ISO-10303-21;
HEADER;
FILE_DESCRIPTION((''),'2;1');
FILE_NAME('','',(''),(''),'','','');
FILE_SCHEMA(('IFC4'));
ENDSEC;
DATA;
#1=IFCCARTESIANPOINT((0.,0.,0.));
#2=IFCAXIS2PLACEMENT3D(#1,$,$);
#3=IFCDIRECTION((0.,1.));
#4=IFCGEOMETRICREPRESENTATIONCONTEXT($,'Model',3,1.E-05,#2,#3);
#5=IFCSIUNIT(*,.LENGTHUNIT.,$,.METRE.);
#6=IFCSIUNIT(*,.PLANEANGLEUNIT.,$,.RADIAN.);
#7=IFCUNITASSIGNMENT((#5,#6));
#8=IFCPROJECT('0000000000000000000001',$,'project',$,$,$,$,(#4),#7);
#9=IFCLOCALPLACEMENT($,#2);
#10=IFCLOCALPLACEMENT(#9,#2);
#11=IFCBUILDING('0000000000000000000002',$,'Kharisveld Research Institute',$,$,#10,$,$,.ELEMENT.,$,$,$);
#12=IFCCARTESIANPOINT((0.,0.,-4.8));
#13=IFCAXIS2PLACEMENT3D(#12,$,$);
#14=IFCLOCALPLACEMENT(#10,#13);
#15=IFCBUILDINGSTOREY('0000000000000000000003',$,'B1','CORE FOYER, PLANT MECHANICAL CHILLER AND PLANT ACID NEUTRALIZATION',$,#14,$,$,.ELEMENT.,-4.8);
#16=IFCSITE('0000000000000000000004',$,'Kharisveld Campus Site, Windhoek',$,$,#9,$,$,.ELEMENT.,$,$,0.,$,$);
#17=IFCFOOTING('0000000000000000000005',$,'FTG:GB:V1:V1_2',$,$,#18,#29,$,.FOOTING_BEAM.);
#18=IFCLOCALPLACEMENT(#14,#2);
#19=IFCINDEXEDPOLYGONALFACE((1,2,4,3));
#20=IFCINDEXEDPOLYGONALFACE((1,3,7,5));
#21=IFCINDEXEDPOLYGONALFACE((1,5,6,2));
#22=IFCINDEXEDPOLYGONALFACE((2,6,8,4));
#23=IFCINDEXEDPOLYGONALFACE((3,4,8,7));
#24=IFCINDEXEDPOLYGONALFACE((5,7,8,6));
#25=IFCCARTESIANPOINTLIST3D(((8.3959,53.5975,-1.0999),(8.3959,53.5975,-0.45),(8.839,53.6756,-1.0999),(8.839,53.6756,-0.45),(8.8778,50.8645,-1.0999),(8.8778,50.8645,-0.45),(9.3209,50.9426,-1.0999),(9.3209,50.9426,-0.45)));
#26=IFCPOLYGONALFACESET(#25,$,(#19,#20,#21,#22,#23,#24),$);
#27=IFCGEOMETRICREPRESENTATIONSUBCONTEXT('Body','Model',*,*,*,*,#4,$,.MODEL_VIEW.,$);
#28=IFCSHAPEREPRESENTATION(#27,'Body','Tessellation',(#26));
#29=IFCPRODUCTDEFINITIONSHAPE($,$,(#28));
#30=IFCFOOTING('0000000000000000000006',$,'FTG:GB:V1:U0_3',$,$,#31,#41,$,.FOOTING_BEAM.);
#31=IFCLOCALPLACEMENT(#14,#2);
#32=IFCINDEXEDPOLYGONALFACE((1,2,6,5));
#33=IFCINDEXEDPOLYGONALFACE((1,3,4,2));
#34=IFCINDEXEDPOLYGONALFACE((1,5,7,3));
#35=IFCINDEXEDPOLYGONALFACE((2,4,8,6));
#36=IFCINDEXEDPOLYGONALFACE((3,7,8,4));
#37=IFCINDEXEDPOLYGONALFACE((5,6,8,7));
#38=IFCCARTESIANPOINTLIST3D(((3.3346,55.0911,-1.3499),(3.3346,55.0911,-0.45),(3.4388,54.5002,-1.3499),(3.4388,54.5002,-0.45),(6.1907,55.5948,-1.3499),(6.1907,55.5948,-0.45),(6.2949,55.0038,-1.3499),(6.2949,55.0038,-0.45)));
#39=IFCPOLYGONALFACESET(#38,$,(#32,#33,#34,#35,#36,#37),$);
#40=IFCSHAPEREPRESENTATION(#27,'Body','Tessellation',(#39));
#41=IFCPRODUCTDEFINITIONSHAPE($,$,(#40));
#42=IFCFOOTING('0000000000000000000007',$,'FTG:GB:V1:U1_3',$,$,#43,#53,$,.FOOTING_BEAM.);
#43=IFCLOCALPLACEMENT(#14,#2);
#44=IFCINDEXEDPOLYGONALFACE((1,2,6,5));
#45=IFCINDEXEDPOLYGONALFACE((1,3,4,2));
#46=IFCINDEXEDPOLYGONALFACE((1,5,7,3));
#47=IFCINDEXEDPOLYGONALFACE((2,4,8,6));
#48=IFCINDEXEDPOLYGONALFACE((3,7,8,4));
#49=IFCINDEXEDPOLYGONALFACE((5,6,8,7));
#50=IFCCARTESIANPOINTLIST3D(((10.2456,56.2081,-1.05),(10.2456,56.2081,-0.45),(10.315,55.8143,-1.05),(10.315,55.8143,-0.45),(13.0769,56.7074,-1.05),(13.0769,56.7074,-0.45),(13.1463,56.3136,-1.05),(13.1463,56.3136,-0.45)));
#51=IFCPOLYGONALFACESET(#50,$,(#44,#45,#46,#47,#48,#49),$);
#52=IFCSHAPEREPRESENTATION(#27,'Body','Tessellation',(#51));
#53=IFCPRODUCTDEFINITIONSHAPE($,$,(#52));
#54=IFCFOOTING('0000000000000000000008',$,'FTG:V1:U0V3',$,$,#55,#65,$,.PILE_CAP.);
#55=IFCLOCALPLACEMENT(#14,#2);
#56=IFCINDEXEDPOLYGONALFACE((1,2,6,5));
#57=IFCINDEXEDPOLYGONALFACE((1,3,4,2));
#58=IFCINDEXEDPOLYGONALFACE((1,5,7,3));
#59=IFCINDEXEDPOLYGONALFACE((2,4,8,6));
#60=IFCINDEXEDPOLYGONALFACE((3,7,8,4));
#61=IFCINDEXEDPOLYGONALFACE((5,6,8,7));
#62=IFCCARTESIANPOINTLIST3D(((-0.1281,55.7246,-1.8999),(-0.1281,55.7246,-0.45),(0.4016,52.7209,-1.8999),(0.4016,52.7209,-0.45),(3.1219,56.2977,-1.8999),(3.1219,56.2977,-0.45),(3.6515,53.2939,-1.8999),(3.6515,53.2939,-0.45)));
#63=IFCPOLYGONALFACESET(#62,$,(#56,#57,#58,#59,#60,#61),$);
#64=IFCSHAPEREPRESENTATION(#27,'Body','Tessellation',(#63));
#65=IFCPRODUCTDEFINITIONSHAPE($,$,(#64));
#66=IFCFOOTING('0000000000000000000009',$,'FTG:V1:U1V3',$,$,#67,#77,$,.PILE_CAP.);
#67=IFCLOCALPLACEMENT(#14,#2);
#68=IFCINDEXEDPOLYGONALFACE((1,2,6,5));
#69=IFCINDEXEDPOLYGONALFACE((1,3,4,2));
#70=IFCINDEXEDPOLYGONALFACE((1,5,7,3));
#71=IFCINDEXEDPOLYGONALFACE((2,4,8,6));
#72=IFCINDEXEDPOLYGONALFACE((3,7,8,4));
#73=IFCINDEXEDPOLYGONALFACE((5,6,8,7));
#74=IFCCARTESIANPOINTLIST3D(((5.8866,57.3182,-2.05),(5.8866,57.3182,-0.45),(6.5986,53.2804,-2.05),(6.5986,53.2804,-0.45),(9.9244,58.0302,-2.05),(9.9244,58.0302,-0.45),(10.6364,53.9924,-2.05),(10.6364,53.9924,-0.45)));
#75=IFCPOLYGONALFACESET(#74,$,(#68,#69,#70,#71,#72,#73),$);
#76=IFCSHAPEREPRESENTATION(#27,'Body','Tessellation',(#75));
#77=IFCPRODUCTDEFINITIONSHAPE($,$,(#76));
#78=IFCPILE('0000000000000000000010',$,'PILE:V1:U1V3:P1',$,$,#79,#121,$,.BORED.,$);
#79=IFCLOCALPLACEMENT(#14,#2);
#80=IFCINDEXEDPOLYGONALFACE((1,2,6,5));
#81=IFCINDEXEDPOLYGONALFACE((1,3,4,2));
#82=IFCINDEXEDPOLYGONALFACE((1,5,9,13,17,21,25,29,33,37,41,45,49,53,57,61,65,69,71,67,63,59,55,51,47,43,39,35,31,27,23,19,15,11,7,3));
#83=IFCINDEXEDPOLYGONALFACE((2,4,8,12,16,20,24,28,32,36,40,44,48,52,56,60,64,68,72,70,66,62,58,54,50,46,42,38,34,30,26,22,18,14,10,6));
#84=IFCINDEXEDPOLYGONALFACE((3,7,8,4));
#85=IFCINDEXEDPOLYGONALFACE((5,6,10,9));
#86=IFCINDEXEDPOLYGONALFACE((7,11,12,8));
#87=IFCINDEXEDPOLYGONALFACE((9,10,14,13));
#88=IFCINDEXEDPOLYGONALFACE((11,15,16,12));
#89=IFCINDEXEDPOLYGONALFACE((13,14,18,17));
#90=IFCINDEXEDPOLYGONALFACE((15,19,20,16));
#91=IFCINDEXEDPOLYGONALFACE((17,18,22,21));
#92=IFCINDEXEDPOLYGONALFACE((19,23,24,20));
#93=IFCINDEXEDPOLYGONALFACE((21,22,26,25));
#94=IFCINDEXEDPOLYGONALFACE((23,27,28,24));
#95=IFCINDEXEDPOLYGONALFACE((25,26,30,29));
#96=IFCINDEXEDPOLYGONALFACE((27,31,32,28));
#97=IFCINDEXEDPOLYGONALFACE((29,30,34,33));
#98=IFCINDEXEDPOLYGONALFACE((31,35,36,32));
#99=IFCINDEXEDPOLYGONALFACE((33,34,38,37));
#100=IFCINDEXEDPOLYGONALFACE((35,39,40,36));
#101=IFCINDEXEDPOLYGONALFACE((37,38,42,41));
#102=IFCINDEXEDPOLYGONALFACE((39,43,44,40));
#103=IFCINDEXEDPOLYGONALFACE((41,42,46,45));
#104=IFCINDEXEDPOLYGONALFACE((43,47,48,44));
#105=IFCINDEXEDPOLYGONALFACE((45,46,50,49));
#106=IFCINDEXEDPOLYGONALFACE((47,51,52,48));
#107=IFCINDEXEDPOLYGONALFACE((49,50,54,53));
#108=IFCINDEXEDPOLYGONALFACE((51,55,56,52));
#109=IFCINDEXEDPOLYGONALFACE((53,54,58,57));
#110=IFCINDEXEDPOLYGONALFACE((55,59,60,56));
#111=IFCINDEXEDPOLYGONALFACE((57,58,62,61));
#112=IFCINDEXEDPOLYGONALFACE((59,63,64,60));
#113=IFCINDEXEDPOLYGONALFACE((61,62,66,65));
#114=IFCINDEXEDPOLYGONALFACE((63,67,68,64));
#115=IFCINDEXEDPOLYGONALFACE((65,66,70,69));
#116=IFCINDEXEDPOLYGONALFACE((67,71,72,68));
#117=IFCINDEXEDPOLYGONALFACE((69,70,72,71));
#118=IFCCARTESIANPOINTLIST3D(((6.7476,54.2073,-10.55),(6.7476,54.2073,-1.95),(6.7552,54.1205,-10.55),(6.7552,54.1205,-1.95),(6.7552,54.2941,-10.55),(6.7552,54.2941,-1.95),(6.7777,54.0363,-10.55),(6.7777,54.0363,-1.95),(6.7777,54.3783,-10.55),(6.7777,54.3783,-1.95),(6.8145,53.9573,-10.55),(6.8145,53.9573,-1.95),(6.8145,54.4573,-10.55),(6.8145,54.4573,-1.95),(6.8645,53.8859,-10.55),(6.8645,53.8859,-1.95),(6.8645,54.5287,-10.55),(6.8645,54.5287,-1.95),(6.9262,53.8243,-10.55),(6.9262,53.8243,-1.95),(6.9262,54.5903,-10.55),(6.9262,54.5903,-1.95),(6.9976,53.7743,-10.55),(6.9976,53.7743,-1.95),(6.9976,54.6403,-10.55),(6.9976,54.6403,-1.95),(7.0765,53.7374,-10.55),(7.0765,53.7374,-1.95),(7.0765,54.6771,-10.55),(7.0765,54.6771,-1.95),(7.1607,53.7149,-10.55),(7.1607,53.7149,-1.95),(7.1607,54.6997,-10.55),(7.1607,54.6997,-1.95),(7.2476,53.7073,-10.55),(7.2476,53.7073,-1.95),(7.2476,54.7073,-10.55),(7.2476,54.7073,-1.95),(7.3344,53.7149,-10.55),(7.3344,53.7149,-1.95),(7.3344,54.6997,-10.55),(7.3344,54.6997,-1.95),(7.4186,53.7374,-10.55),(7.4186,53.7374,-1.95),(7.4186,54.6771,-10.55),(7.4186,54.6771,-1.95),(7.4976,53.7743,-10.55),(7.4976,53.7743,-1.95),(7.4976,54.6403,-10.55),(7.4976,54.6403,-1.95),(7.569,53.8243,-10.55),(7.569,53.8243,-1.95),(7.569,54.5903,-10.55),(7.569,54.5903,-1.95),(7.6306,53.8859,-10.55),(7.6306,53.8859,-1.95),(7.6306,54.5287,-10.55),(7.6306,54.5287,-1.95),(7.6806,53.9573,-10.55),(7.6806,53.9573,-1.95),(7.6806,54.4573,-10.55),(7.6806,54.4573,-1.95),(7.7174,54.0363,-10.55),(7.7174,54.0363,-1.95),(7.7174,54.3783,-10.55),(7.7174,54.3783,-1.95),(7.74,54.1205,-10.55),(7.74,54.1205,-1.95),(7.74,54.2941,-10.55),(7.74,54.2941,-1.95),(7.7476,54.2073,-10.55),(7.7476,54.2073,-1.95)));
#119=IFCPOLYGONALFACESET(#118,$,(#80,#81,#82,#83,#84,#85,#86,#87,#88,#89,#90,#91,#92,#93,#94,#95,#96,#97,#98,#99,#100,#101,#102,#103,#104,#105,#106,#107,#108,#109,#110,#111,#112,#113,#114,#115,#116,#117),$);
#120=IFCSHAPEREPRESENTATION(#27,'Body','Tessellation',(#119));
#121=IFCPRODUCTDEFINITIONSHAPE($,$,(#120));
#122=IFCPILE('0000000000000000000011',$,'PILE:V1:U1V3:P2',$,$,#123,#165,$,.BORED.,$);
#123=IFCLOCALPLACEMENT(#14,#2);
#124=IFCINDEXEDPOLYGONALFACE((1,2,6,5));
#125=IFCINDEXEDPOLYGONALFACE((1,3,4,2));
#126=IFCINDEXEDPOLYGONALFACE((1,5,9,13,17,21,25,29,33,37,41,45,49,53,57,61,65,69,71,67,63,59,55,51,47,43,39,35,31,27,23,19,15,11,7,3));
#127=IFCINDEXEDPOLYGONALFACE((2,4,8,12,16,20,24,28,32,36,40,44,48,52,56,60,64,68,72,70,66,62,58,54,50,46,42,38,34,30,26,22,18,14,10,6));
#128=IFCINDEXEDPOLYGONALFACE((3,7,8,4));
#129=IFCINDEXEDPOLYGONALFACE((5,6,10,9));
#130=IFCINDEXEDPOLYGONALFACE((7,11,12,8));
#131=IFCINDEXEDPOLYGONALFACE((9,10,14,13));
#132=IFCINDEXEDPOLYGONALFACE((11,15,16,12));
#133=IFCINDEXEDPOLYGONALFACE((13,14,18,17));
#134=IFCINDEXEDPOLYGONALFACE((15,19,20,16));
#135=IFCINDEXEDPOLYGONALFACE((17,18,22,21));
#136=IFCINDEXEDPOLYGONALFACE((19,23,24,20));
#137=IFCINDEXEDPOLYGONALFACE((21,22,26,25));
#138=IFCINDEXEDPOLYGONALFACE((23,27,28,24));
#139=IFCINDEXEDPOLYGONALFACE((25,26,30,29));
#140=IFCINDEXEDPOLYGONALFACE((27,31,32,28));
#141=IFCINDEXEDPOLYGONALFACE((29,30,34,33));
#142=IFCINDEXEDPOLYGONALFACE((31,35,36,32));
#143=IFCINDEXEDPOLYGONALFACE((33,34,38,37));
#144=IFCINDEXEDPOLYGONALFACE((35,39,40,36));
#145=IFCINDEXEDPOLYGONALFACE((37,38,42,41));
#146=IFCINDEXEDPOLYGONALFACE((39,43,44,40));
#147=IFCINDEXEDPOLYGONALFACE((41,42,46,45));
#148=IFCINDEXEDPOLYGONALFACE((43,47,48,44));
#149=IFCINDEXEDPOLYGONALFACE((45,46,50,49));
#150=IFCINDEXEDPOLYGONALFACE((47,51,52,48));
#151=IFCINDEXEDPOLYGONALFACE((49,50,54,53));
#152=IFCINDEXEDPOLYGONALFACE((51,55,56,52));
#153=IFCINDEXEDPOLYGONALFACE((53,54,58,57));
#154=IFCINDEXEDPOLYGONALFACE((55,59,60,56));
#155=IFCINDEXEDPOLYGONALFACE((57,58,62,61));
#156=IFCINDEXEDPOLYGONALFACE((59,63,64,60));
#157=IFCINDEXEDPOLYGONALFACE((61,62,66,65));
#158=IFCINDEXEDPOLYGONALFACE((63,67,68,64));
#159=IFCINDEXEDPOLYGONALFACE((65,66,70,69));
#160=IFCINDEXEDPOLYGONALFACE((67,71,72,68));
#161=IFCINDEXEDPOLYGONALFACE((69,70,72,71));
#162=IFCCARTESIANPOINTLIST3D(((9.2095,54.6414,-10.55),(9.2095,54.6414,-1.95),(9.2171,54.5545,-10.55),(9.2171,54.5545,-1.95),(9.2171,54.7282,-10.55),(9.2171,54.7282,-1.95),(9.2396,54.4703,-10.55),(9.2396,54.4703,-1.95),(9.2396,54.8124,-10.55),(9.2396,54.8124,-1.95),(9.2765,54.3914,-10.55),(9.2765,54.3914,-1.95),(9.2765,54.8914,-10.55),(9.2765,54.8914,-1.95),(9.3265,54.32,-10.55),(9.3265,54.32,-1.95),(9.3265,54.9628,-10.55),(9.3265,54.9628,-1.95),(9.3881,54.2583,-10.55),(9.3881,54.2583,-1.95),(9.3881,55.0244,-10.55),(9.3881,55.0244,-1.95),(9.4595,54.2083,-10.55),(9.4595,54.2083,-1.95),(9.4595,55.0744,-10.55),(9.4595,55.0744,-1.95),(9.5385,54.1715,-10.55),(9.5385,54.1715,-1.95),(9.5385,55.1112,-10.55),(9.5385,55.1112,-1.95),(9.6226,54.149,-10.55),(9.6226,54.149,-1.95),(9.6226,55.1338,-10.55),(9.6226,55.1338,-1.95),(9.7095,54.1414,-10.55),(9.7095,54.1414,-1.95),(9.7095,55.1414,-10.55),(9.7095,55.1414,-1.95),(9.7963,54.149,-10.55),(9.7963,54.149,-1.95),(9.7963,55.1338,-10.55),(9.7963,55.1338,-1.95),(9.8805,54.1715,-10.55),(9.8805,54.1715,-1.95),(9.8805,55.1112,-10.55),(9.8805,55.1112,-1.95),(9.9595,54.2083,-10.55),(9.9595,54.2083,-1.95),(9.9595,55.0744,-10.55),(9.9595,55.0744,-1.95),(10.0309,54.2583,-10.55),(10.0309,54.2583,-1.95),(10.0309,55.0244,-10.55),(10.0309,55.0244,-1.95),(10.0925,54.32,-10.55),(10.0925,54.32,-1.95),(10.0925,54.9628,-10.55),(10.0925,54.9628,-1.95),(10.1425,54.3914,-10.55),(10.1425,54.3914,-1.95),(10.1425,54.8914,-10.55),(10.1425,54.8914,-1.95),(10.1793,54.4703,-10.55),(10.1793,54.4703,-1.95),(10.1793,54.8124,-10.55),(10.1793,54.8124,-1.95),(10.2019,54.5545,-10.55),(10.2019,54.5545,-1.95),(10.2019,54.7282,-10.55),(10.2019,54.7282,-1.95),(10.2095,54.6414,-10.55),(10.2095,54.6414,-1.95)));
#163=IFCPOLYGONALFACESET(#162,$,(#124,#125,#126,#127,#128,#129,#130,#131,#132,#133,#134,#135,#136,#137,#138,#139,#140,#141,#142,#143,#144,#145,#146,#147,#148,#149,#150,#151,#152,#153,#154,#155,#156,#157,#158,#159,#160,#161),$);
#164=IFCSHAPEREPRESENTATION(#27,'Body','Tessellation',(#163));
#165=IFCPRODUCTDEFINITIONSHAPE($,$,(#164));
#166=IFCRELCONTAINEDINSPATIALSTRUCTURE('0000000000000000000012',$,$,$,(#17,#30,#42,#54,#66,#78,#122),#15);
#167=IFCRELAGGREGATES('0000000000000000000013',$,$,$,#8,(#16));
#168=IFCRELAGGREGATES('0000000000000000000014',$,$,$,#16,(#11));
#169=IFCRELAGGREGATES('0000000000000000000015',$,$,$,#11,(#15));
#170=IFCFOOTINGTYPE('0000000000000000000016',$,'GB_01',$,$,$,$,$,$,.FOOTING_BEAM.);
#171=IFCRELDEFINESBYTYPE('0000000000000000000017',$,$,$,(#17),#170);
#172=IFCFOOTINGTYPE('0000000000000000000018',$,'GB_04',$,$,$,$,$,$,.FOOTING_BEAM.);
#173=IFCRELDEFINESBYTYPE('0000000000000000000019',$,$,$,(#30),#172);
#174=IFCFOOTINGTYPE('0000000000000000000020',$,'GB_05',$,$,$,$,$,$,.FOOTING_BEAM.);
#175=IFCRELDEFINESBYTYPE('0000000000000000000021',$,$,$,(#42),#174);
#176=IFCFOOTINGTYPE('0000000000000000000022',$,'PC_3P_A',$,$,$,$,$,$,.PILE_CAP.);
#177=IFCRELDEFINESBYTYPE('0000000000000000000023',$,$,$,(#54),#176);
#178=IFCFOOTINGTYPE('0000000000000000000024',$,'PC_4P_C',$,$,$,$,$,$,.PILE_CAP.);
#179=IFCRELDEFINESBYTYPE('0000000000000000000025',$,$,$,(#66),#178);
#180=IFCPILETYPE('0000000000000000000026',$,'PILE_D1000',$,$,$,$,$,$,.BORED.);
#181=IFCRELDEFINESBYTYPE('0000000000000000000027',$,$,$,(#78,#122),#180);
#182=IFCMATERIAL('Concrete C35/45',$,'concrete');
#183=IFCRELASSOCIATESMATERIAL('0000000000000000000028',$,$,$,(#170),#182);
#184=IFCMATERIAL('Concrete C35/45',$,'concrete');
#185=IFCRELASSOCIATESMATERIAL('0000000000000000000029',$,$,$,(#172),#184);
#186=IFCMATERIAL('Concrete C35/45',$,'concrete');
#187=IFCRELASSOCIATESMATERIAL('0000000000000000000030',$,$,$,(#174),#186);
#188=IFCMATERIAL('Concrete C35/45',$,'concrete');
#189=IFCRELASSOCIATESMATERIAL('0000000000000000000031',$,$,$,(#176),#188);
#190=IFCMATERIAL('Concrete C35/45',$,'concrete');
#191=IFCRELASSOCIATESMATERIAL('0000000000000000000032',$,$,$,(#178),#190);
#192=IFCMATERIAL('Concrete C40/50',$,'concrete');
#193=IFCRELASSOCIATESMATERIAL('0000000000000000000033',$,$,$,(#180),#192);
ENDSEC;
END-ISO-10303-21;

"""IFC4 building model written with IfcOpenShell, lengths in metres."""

from ifc_helpers import new_model, si_unit, direction, frame, origin, origin_2d, place, context, subcontext, project, spatial, rectangle, circle, extrude, material, material_profile, profile_set, type_object, element, save


model = new_model("IFC4")

# Units and contexts
model_context = context("Model", 3, precision=1e-05, world=origin(), true_north=direction((0.0, 1.0)))
body_context = subcontext(model_context, "Body", "Model", "MODEL_VIEW")
ifc_project = project(units=[si_unit("LENGTHUNIT", "METRE"), si_unit("PLANEANGLEUNIT", "RADIAN")], contexts=[model_context])

# Site, building, storey
site_placement = place(None, origin())
site = spatial("IfcSite", under=ifc_project, at=site_placement, Name="Kharisveld Campus Site, Windhoek", CompositionType="ELEMENT", RefElevation=0.0)
building_placement = place(site_placement, origin())
building = spatial("IfcBuilding", under=site, at=building_placement, Name="Kharisveld Research Institute", CompositionType="ELEMENT")
storey_placement = place(building_placement, frame((0.0, 0.0, -4.8)))
storey = spatial("IfcBuildingStorey", under=building, at=storey_placement, Name="B1", Description="CORE FOYER, PLANT MECHANICAL CHILLER AND PLANT ACID NEUTRALIZATION", CompositionType="ELEMENT", Elevation=-4.8)

# Footings
ifc_material_1 = material(Name="Concrete C35/45", Category="concrete")
ifc_material_profile_1 = material_profile(ifc_material_1, rectangle(XDim=0.45, YDim=0.6499, at=origin_2d()))
ifc_profile_set_1 = profile_set([ifc_material_profile_1], Name="Concrete C35/45")
footing_type_1 = type_object("IfcFootingType", Name="GB_01", PredefinedType="FOOTING_BEAM", material=ifc_profile_set_1)
footing_1_placement = place(storey_placement, frame((9.0994, 50.9036, -0.7749), z_axis=(-0.173665, 0.984805, 0.0), x_axis=(-0.984805, -0.173665, 0.0)))
element("IfcFooting", 1, at=footing_1_placement, inside=storey, type_object=footing_type_1, Name="FTG:GB:V1:V1_2", PredefinedType="FOOTING_BEAM", context=body_context, shape_type="SweptSolid", body=[
    extrude(rectangle(XDim=0.45, YDim=0.6499, at=origin_2d()), origin(), (0.0, 0.0, 1.0), 2.7751),
])
ifc_material_2 = material(Name="Concrete C35/45", Category="concrete")
ifc_material_profile_2 = material_profile(ifc_material_2, rectangle(XDim=0.6001, YDim=0.8999, at=origin_2d()))
ifc_profile_set_2 = profile_set([ifc_material_profile_2], Name="Concrete C35/45")
footing_type_2 = type_object("IfcFootingType", Name="GB_04", PredefinedType="FOOTING_BEAM", material=ifc_profile_set_2)
footing_2_placement = place(storey_placement, frame((3.3867, 54.7957, -0.8999), z_axis=(0.984803, 0.173675, 0.0), x_axis=(-0.173675, 0.984803, 0.0)))
element("IfcFooting", 2, at=footing_2_placement, inside=storey, type_object=footing_type_2, Name="FTG:GB:V1:U0_3", PredefinedType="FOOTING_BEAM", context=body_context, shape_type="SweptSolid", body=[
    extrude(rectangle(XDim=0.6001, YDim=0.8999, at=origin_2d()), origin(), (0.0, 0.0, 1.0), 2.9001),
])
ifc_material_3 = material(Name="Concrete C35/45", Category="concrete")
ifc_material_profile_3 = material_profile(ifc_material_3, rectangle(XDim=0.3999, YDim=0.6001, at=origin_2d()))
ifc_profile_set_3 = profile_set([ifc_material_profile_3], Name="Concrete C35/45")
footing_type_3 = type_object("IfcFootingType", Name="GB_05", PredefinedType="FOOTING_BEAM", material=ifc_profile_set_3)
footing_3_placement = place(storey_placement, frame((10.2803, 56.0112, -0.75), z_axis=(0.984806, 0.173659, 0.0), x_axis=(-0.173659, 0.984806, 0.0)))
element("IfcFooting", 3, at=footing_3_placement, inside=storey, type_object=footing_type_3, Name="FTG:GB:V1:U1_3", PredefinedType="FOOTING_BEAM", context=body_context, shape_type="SweptSolid", body=[
    extrude(rectangle(XDim=0.3999, YDim=0.6001, at=origin_2d()), origin(), (0.0, 0.0, 1.0), 2.875),
])
ifc_material_4 = material(Name="Concrete C35/45", Category="concrete")
footing_type_4 = type_object("IfcFootingType", Name="PC_3P_A", PredefinedType="PILE_CAP", material=ifc_material_4)
footing_4_placement = place(storey_placement, frame((1.7617, 54.5093, -1.8999), z_axis=(0.0, 0.0, 1.0), x_axis=(0.984808, 0.173648, 0.0)))
element("IfcFooting", 4, at=footing_4_placement, inside=storey, type_object=footing_type_4, Name="FTG:V1:U0V3", PredefinedType="PILE_CAP", context=body_context, shape_type="SweptSolid", body=[
    extrude(rectangle(XDim=3.3, YDim=3.05, at=origin_2d()), origin(), (0.0, 0.0, 1.0), 1.45),
])
ifc_material_5 = material(Name="Concrete C35/45", Category="concrete")
footing_type_5 = type_object("IfcFootingType", Name="PC_4P_C", PredefinedType="PILE_CAP", material=ifc_material_5)
footing_5_placement = place(storey_placement, frame((8.2615, 55.6553, -2.05), z_axis=(0.0, 0.0, 1.0), x_axis=(0.984808, 0.173648, 0.0)))
element("IfcFooting", 5, at=footing_5_placement, inside=storey, type_object=footing_type_5, Name="FTG:V1:U1V3", PredefinedType="PILE_CAP", context=body_context, shape_type="SweptSolid", body=[
    extrude(rectangle(XDim=4.1001, YDim=4.1001, at=origin_2d()), origin(), (0.0, 0.0, 1.0), 1.6001),
])

# Piles
ifc_material_6 = material(Name="Concrete C40/50", Category="concrete")
ifc_material_profile_4 = material_profile(ifc_material_6, circle(Radius=0.5, at=origin_2d()))
ifc_profile_set_4 = profile_set([ifc_material_profile_4], Name="Concrete C40/50")
pile_type_1 = type_object("IfcPileType", Name="PILE_D1000", PredefinedType="BORED", material=ifc_profile_set_4)
for number, where, z_axis, x_axis, name in (
    (6, (7.2476, 54.2073, -1.95), (0.0, 0.0, -1.0), (1.0, 0.0, 0.0), "PILE:V1:U1V3:P1"),
    (7, (9.7095, 54.6414, -1.95), (0.0, 0.0, -1.0), (1.0, 0.0, 0.0), "PILE:V1:U1V3:P2"),
):
    element("IfcPile", number, at=place(storey_placement, frame(where, z_axis=z_axis, x_axis=x_axis)), inside=storey, type_object=pile_type_1, Name=name, PredefinedType="BORED", context=body_context, shape_type="SweptSolid", body=[
        extrude(circle(Radius=0.5, at=origin_2d()), origin(), (0.0, 0.0, 1.0), 8.6001),
    ])

save(model, "model.ifc")
